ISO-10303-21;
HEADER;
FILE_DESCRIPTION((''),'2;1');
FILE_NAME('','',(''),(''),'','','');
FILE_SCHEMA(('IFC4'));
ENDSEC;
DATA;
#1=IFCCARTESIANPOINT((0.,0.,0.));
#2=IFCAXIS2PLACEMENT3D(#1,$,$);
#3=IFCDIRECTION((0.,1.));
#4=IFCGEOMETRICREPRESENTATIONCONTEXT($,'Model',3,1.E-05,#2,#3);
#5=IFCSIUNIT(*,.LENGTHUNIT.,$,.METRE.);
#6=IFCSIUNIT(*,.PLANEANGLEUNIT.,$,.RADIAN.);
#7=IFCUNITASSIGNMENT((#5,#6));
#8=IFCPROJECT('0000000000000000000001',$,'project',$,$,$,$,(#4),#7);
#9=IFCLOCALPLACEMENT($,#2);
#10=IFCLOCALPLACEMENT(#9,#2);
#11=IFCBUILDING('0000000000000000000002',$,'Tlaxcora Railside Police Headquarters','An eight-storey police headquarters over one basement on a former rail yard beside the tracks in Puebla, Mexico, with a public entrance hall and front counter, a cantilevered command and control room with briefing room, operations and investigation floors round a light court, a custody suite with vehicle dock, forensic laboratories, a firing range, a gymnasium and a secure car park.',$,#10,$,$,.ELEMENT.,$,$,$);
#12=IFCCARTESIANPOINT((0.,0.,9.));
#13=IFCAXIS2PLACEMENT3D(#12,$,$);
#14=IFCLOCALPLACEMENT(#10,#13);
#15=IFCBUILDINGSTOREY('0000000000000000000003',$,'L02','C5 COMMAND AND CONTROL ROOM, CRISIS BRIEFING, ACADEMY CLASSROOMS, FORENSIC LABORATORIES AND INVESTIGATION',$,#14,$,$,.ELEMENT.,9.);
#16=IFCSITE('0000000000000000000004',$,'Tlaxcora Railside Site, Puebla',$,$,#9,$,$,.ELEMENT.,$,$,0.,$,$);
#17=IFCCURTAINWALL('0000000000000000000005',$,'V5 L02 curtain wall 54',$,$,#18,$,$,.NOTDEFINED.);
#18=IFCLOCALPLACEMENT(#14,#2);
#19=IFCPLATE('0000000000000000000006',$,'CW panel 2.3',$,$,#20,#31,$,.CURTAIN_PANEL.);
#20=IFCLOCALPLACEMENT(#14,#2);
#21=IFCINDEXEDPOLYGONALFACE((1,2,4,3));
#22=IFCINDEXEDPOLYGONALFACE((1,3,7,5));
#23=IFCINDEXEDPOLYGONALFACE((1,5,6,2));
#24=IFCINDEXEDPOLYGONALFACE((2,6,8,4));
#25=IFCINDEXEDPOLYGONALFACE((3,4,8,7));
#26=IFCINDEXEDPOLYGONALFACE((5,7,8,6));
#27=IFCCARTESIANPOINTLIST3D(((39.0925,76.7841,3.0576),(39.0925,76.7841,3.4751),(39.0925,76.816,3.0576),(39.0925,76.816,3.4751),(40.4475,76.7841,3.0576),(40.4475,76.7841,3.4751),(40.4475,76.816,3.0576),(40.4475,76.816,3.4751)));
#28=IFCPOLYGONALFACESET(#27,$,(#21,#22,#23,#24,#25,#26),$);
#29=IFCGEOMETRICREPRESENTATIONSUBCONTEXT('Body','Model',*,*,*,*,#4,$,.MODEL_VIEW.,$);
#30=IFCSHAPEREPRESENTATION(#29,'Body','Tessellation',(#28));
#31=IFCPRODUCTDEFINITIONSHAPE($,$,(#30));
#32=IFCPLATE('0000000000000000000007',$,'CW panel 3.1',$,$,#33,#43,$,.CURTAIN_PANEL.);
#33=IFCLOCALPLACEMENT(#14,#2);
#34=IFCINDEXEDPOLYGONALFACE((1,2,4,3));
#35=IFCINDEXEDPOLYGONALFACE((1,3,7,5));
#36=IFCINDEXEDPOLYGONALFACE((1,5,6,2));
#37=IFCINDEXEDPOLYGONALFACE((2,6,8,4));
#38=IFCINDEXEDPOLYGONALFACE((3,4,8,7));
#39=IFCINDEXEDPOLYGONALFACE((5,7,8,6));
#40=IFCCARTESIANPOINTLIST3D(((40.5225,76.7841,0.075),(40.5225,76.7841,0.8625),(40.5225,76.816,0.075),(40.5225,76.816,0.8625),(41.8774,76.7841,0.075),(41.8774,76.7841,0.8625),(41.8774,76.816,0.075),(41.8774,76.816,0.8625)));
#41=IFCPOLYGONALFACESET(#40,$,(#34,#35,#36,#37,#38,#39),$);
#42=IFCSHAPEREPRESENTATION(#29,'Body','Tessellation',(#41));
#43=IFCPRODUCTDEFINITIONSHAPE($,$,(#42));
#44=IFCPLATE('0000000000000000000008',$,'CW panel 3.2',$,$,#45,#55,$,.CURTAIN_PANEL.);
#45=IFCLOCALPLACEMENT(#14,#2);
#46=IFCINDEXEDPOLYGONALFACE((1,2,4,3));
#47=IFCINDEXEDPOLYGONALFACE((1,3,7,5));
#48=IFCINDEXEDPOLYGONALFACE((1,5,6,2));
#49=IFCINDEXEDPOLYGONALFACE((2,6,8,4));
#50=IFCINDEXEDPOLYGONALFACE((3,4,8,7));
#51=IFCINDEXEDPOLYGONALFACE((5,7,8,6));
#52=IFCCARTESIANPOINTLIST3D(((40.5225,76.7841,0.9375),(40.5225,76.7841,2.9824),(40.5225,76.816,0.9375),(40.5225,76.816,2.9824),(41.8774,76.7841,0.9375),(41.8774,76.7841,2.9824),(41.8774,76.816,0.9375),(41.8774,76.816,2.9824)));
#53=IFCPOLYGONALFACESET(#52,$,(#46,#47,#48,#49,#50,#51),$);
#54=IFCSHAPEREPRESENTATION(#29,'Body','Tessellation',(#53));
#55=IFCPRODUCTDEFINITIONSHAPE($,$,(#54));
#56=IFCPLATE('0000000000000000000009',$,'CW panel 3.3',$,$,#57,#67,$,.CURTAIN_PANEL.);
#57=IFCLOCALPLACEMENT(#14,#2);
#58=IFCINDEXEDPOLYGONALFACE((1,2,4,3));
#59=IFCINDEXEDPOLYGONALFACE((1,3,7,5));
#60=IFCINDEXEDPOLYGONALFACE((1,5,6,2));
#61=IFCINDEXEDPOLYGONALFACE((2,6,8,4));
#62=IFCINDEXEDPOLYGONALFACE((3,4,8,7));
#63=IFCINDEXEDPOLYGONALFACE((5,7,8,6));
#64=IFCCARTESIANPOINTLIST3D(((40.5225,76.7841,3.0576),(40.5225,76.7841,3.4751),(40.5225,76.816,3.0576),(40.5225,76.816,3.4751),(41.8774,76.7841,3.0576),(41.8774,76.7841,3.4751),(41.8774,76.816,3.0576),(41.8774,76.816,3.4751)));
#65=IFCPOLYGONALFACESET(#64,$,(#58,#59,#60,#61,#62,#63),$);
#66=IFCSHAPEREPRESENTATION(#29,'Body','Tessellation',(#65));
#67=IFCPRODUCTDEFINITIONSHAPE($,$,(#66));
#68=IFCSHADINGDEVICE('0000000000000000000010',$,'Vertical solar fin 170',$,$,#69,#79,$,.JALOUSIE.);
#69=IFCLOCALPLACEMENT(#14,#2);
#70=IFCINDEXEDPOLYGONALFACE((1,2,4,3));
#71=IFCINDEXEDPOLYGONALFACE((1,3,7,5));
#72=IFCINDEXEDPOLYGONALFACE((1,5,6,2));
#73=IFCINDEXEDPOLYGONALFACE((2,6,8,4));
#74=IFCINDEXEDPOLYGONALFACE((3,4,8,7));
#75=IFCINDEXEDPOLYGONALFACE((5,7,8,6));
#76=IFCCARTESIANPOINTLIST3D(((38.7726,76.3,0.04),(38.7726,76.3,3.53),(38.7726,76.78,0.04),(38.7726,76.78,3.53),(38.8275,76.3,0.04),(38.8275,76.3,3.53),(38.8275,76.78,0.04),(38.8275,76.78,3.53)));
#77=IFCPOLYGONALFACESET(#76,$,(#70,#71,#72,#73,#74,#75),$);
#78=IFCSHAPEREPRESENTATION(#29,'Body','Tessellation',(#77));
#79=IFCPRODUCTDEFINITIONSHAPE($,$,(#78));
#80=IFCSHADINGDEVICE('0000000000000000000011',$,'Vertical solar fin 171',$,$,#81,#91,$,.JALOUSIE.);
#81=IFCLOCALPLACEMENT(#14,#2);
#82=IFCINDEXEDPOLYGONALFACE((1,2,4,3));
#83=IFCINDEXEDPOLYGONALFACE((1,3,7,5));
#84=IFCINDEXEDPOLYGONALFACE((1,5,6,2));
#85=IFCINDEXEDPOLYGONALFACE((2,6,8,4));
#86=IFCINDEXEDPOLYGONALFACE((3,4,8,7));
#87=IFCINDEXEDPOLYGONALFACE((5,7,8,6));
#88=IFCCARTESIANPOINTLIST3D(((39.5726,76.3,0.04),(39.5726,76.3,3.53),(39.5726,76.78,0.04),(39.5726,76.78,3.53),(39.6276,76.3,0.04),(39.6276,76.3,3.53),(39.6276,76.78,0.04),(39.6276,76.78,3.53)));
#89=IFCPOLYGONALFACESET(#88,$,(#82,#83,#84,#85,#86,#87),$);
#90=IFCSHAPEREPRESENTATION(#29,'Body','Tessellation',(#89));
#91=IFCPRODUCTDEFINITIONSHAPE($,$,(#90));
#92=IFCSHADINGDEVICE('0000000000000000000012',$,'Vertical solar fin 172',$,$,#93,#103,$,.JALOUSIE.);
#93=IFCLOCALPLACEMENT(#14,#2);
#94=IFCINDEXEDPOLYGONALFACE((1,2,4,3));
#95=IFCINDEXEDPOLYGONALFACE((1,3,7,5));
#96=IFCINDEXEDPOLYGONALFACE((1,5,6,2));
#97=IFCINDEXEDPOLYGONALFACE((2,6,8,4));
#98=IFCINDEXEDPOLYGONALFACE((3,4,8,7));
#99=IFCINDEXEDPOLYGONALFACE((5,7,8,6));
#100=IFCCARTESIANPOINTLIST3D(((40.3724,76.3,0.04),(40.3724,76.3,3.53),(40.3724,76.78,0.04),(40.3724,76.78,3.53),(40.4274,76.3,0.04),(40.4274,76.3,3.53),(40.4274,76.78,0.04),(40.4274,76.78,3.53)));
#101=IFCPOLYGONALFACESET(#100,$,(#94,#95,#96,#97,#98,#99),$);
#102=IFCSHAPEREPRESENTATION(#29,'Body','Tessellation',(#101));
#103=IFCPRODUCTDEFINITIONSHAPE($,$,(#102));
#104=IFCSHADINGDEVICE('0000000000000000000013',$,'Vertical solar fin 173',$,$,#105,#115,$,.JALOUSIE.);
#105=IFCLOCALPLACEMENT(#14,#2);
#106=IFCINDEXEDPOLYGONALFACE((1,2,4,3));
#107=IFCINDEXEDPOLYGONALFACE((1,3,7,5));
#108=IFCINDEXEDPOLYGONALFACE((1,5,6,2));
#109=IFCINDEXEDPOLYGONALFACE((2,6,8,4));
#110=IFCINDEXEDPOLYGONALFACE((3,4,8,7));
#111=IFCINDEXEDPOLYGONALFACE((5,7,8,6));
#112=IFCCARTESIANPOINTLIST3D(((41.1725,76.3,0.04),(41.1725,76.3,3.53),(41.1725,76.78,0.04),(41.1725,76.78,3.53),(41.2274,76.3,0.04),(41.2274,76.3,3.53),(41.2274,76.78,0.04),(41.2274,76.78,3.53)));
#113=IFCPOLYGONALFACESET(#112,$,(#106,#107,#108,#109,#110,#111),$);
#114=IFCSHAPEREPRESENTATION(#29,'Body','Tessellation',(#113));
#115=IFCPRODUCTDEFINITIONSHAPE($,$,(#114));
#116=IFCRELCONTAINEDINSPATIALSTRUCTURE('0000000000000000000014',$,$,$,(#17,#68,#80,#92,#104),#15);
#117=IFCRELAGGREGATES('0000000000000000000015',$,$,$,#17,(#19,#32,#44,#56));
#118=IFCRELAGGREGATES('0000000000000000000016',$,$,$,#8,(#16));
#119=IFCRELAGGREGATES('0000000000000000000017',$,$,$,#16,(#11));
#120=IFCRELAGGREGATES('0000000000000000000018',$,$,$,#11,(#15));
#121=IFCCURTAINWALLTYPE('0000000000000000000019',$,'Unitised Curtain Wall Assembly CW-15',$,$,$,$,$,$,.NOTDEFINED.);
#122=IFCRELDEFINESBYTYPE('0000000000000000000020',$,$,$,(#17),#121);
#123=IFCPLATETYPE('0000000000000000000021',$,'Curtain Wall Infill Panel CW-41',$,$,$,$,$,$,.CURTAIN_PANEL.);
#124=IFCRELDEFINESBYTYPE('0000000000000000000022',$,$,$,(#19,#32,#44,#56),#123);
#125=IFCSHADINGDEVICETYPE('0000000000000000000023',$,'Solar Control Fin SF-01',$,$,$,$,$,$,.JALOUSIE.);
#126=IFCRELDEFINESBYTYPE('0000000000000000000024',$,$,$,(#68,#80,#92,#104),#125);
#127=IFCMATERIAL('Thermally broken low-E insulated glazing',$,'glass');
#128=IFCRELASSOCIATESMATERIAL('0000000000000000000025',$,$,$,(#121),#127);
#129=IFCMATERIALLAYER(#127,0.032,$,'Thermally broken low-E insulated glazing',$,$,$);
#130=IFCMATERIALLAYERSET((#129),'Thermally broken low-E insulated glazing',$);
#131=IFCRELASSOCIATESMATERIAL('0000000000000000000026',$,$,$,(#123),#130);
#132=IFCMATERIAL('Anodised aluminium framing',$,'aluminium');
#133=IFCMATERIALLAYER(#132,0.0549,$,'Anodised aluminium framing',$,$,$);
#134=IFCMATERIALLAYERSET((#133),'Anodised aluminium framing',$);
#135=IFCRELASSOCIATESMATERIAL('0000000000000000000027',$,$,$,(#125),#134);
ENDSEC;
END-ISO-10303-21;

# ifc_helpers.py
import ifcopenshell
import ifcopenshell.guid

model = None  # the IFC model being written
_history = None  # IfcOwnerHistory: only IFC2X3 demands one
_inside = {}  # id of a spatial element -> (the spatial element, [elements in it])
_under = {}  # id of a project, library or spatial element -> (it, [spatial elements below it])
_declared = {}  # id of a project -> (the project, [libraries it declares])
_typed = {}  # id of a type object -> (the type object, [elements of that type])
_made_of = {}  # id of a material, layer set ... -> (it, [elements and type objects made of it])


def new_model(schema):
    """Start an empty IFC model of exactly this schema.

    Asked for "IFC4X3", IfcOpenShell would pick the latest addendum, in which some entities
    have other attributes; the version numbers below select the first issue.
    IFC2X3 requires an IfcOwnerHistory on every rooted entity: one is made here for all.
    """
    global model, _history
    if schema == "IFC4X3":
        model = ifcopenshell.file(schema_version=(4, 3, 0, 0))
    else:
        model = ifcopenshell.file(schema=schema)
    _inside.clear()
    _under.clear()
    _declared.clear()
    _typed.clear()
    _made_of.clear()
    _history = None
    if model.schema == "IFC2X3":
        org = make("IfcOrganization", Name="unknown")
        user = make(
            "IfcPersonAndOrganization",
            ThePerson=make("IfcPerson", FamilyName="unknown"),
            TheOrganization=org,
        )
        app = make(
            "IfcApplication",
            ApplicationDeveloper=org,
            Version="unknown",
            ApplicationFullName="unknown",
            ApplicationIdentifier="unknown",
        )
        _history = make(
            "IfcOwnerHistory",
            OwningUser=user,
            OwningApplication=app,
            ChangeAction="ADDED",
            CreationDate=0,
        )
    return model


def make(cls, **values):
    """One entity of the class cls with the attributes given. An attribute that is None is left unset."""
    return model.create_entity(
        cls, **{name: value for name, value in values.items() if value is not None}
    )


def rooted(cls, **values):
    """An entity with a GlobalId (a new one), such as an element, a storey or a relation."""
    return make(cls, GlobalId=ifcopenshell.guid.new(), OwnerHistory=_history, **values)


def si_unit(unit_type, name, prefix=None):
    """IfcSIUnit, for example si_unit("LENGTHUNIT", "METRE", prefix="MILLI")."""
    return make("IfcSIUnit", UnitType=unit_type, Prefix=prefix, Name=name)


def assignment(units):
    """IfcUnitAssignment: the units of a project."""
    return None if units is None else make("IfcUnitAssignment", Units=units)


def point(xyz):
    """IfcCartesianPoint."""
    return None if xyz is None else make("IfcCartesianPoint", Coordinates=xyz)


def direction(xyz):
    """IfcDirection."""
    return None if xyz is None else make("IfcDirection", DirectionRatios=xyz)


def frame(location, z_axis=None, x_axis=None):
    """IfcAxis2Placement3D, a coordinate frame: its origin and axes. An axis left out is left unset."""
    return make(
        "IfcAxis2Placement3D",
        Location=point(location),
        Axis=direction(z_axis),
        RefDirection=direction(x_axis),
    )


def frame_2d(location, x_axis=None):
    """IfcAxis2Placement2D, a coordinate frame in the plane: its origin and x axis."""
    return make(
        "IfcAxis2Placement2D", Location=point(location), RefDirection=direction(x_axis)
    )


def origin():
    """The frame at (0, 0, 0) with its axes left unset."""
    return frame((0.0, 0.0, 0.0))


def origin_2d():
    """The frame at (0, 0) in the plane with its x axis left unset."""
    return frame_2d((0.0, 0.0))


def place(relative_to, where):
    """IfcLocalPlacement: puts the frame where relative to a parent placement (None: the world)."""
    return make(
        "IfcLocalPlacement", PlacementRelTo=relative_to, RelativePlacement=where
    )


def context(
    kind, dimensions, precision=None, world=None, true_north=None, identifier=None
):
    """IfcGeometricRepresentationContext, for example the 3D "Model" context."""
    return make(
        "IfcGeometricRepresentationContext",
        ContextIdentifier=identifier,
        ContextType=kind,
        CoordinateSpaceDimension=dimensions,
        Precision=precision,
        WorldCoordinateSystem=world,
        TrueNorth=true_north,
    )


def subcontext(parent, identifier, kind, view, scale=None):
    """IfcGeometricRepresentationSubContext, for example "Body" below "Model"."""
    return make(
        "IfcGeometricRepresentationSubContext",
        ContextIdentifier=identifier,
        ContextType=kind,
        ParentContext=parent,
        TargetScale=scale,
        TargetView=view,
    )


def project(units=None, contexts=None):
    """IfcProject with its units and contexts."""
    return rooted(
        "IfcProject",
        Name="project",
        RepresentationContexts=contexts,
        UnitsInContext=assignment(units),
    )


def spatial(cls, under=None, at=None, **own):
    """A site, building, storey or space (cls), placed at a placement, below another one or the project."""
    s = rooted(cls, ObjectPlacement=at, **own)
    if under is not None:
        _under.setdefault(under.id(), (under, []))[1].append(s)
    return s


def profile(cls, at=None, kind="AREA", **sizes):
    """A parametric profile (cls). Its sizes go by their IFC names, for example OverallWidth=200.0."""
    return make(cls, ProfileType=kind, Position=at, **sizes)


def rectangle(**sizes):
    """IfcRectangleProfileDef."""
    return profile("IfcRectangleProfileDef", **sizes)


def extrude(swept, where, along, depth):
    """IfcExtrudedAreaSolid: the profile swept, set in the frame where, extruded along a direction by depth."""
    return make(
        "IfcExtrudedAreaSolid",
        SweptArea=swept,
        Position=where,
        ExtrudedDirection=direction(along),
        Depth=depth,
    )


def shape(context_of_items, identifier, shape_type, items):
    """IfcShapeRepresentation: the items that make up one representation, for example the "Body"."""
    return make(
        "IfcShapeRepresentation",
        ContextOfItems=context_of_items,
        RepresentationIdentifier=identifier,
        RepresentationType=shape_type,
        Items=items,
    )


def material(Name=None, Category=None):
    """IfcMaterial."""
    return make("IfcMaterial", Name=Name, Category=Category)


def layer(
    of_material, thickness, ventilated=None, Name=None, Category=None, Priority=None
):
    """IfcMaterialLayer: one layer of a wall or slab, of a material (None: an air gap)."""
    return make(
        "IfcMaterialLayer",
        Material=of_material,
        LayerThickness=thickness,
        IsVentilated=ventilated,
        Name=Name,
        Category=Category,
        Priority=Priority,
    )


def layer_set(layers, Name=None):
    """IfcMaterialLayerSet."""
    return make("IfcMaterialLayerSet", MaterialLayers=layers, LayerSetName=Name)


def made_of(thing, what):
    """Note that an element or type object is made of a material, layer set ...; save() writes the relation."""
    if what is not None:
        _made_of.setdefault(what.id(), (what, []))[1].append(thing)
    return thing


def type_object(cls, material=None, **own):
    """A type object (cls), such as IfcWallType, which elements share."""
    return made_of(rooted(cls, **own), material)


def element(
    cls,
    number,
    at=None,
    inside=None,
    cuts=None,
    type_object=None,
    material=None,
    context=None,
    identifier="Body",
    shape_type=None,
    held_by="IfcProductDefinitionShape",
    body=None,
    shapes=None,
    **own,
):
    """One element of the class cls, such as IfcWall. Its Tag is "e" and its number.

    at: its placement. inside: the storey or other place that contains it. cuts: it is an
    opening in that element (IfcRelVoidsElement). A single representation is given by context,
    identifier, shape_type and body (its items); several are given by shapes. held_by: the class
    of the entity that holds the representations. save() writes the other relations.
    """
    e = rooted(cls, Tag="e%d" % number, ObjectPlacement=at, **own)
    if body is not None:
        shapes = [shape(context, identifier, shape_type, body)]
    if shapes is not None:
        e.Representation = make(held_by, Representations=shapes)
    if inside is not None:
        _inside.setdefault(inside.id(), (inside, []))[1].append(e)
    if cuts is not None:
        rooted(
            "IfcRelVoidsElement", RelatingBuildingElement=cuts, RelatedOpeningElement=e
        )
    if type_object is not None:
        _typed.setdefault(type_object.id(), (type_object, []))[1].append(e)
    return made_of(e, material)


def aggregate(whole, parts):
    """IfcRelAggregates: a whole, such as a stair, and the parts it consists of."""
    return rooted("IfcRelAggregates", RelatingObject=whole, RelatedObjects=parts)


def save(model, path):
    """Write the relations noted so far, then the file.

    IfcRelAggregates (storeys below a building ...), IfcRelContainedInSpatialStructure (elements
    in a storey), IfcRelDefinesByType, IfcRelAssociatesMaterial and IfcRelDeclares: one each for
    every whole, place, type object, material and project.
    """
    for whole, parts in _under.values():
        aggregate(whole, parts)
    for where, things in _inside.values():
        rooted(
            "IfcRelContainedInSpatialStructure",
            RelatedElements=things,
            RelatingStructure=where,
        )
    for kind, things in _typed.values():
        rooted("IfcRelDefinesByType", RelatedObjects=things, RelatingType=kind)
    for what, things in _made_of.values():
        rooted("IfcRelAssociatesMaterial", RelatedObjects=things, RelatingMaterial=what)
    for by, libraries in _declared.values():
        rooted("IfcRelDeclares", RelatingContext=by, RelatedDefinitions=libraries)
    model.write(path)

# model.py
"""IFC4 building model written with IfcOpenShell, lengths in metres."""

from ifc_helpers import new_model, si_unit, direction, frame, origin, origin_2d, place, context, subcontext, project, spatial, rectangle, extrude, material, layer, layer_set, type_object, element, aggregate, save


model = new_model("IFC4")

# Units and contexts
model_context = context("Model", 3, precision=1e-05, world=origin(), true_north=direction((0.0, 1.0)))
body_context = subcontext(model_context, "Body", "Model", "MODEL_VIEW")
ifc_project = project(units=[si_unit("LENGTHUNIT", "METRE"), si_unit("PLANEANGLEUNIT", "RADIAN")], contexts=[model_context])

# Site, building, storey
site_placement = place(None, origin())
site = spatial("IfcSite", under=ifc_project, at=site_placement, Name="Tlaxcora Railside Site, Puebla", CompositionType="ELEMENT", RefElevation=0.0)
building_placement = place(site_placement, origin())
building = spatial("IfcBuilding", under=site, at=building_placement, Name="Tlaxcora Railside Police Headquarters", Description="An eight-storey police headquarters over one basement on a former rail yard beside the tracks in Puebla, Mexico, with a public entrance hall and front counter, a cantilevered command and control room with briefing room, operations and investigation floors round a light court, a custody suite with vehicle dock, forensic laboratories, a firing range, a gymnasium and a secure car park.", CompositionType="ELEMENT")
storey_placement = place(building_placement, frame((0.0, 0.0, 9.0)))
storey = spatial("IfcBuildingStorey", under=building, at=storey_placement, Name="L02", Description="C5 COMMAND AND CONTROL ROOM, CRISIS BRIEFING, ACADEMY CLASSROOMS, FORENSIC LABORATORIES AND INVESTIGATION", CompositionType="ELEMENT", Elevation=9.0)

# Curtain wall, plates
ifc_material_1 = material(Name="Thermally broken low-E insulated glazing", Category="glass")
curtain_wall_type = type_object("IfcCurtainWallType", Name="Unitised Curtain Wall Assembly CW-15", PredefinedType="NOTDEFINED", material=ifc_material_1)
curtain_wall_placement = place(storey_placement, origin())
curtain_wall = element("IfcCurtainWall", 1, at=curtain_wall_placement, inside=storey, type_object=curtain_wall_type, Name="V5 L02 curtain wall 54", PredefinedType="NOTDEFINED")
ifc_material_2 = material(Name="Anodised aluminium framing", Category="aluminium")
ifc_layer_1 = layer(ifc_material_1, 0.032, Name="Thermally broken low-E insulated glazing")
ifc_layer_set_1 = layer_set([ifc_layer_1], Name="Thermally broken low-E insulated glazing")
plate_type = type_object("IfcPlateType", Name="Curtain Wall Infill Panel CW-41", PredefinedType="CURTAIN_PANEL", material=ifc_layer_set_1)
plate_1_placement = place(storey_placement, frame((39.77, 76.8, 3.0576), z_axis=(0.0, 0.0, 1.0), x_axis=(1.0, 0.0, 0.0)))
plate_1 = element("IfcPlate", 2, at=plate_1_placement, type_object=plate_type, Name="CW panel 2.3", PredefinedType="CURTAIN_PANEL", context=body_context, shape_type="SweptSolid", body=[
    extrude(rectangle(XDim=1.355, YDim=0.032, at=origin_2d()), origin(), (0.0, 0.0, 1.0), 0.4175),
])
plate_2_placement = place(storey_placement, frame((41.2, 76.8, 0.075), z_axis=(0.0, 0.0, 1.0), x_axis=(1.0, 0.0, 0.0)))
plate_2 = element("IfcPlate", 3, at=plate_2_placement, type_object=plate_type, Name="CW panel 3.1", PredefinedType="CURTAIN_PANEL", context=body_context, shape_type="SweptSolid", body=[
    extrude(rectangle(XDim=1.355, YDim=0.032, at=origin_2d()), origin(), (0.0, 0.0, 1.0), 0.7876),
])
plate_3_placement = place(storey_placement, frame((41.2, 76.8, 0.9375), z_axis=(0.0, 0.0, 1.0), x_axis=(1.0, 0.0, 0.0)))
plate_3 = element("IfcPlate", 4, at=plate_3_placement, type_object=plate_type, Name="CW panel 3.2", PredefinedType="CURTAIN_PANEL", context=body_context, shape_type="SweptSolid", body=[
    extrude(rectangle(XDim=1.355, YDim=0.032, at=origin_2d()), origin(), (0.0, 0.0, 1.0), 2.0449),
])
plate_4_placement = place(storey_placement, frame((41.2, 76.8, 3.0576), z_axis=(0.0, 0.0, 1.0), x_axis=(1.0, 0.0, 0.0)))
plate_4 = element("IfcPlate", 5, at=plate_4_placement, type_object=plate_type, Name="CW panel 3.3", PredefinedType="CURTAIN_PANEL", context=body_context, shape_type="SweptSolid", body=[
    extrude(rectangle(XDim=1.355, YDim=0.032, at=origin_2d()), origin(), (0.0, 0.0, 1.0), 0.4175),
])
aggregate(curtain_wall, [plate_1, plate_2, plate_3, plate_4])

# Shading devices
ifc_layer_2 = layer(ifc_material_2, 0.0549, Name="Anodised aluminium framing")
ifc_layer_set_2 = layer_set([ifc_layer_2], Name="Anodised aluminium framing")
shading_device_type = type_object("IfcShadingDeviceType", Name="Solar Control Fin SF-01", PredefinedType="JALOUSIE", material=ifc_layer_set_2)
for number, where, z_axis, x_axis, name in (
    (6, (38.8, 76.54, 0.04), (0.0, 0.0, 1.0), (0.0, -1.0, 0.0), "Vertical solar fin 170"),
    (7, (39.6001, 76.54, 0.04), (0.0, 0.0, 1.0), (0.0, -1.0, 0.0), "Vertical solar fin 171"),
    (8, (40.3999, 76.54, 0.04), (0.0, 0.0, 1.0), (0.0, -1.0, 0.0), "Vertical solar fin 172"),
    (9, (41.2, 76.54, 0.04), (0.0, 0.0, 1.0), (0.0, -1.0, 0.0), "Vertical solar fin 173"),
):
    element("IfcShadingDevice", number, at=place(storey_placement, frame(where, z_axis=z_axis, x_axis=x_axis)), inside=storey, type_object=shading_device_type, Name=name, PredefinedType="JALOUSIE", context=body_context, shape_type="SweptSolid", body=[
        extrude(rectangle(XDim=0.48, YDim=0.0549, at=origin_2d()), origin(), (0.0, 0.0, 1.0), 3.49),
    ])

save(model, "model.ifc")
